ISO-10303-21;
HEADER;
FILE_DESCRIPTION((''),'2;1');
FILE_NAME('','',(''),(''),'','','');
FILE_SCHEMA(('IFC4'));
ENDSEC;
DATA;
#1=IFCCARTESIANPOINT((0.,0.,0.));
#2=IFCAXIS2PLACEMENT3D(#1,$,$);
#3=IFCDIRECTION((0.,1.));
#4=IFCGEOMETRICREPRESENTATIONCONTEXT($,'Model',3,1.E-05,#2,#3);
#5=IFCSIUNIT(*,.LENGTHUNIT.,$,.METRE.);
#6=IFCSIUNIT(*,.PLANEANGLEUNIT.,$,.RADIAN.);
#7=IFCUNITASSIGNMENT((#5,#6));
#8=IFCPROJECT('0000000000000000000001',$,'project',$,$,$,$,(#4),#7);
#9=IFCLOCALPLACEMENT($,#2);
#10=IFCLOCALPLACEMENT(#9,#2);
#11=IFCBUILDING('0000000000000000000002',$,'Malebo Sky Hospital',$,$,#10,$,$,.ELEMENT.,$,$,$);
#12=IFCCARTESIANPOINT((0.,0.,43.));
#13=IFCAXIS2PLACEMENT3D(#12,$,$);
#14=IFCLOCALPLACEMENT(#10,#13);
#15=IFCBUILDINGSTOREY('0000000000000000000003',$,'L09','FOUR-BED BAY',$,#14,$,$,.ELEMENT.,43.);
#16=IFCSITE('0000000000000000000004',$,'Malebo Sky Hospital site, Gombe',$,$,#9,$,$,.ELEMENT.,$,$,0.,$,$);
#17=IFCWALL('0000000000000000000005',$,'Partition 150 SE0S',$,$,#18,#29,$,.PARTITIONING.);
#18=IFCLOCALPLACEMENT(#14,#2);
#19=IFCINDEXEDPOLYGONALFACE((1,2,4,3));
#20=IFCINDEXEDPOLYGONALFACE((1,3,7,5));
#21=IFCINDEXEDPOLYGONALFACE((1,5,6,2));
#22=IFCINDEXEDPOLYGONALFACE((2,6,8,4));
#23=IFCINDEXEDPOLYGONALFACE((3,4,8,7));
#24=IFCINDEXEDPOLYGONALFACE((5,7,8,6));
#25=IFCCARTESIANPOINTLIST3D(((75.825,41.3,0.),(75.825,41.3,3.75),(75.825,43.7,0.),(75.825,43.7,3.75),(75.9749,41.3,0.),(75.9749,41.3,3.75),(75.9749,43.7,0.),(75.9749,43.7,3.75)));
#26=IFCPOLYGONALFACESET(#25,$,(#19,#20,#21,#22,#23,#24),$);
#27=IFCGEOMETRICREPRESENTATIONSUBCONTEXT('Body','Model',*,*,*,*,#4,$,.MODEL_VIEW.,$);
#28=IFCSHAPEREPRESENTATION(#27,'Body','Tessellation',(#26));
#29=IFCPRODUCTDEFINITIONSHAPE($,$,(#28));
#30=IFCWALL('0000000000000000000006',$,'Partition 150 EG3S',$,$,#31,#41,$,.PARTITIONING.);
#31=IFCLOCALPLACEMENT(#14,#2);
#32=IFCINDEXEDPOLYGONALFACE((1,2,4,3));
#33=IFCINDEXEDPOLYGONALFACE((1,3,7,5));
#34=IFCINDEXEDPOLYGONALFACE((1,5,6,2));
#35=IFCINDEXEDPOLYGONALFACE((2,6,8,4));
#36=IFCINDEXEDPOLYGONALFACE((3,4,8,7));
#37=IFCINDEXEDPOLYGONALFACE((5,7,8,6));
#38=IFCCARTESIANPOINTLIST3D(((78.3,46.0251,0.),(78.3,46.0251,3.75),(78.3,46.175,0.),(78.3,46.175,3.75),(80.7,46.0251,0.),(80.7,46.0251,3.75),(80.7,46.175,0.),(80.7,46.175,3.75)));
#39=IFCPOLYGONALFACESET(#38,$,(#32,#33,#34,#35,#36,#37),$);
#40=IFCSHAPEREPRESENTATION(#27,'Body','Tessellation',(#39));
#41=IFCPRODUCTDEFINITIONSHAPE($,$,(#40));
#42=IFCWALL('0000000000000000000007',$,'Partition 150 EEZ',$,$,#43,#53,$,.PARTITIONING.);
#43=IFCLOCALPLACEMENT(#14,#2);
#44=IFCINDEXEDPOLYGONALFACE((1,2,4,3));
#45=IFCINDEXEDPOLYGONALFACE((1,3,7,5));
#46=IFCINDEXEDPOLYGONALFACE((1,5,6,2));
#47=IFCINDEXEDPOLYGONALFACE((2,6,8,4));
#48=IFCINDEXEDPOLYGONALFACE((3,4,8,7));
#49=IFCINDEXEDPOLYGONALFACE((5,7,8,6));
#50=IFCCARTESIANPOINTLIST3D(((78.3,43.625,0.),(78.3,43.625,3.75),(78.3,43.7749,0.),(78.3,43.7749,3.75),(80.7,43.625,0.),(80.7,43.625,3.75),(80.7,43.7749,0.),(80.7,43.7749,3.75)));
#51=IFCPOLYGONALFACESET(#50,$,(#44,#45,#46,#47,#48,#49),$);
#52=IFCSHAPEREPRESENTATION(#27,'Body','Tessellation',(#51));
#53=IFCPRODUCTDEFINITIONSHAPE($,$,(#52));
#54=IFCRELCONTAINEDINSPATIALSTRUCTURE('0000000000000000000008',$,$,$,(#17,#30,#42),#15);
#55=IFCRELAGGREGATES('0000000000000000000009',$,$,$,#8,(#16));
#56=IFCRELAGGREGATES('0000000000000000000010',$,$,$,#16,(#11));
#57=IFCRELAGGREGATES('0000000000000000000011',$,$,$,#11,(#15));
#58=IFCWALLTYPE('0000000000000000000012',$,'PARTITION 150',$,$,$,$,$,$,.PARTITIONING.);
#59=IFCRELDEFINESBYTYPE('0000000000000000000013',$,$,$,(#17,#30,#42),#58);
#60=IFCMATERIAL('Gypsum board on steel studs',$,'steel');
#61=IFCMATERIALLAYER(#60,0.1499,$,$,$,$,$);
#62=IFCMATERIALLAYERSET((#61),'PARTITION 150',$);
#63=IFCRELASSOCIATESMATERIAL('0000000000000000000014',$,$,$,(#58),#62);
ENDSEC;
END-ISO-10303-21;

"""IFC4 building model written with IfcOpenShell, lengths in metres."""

from ifc_helpers import new_model, si_unit, direction, frame, frame_2d, origin, place, context, subcontext, project, spatial, rectangle, extrude, material, layer, layer_set, type_object, element, save


model = new_model("IFC4")

# Units and contexts
model_context = context("Model", 3, precision=1e-05, world=origin(), true_north=direction((0.0, 1.0)))
body_context = subcontext(model_context, "Body", "Model", "MODEL_VIEW")
ifc_project = project(units=[si_unit("LENGTHUNIT", "METRE"), si_unit("PLANEANGLEUNIT", "RADIAN")], contexts=[model_context])

# Site, building, storey
site_placement = place(None, origin())
site = spatial("IfcSite", under=ifc_project, at=site_placement, Name="Malebo Sky Hospital site, Gombe", CompositionType="ELEMENT", RefElevation=0.0)
building_placement = place(site_placement, origin())
building = spatial("IfcBuilding", under=site, at=building_placement, Name="Malebo Sky Hospital", CompositionType="ELEMENT")
storey_placement = place(building_placement, frame((0.0, 0.0, 43.0)))
storey = spatial("IfcBuildingStorey", under=building, at=storey_placement, Name="L09", Description="FOUR-BED BAY", CompositionType="ELEMENT", Elevation=43.0)

# Shared definitions
ifc_material_1 = material(Name="Gypsum board on steel studs", Category="steel")

# Shared definitions
ifc_layer_1 = layer(ifc_material_1, 0.1499)
ifc_layer_set_1 = layer_set([ifc_layer_1], Name="PARTITION 150")
wall_type_1 = type_object("IfcWallType", Name="PARTITION 150", PredefinedType="PARTITIONING", material=ifc_layer_set_1)

# Walls
for number, where, z_axis, x_axis, name in (
    (1, (75.8999, 43.7, 0.0), (0.0, 0.0, 1.0), (0.0, -1.0, 0.0), "Partition 150 SE0S"),
    (2, (78.3, 46.1001, 0.0), (0.0, 0.0, 1.0), (1.0, 0.0, 0.0), "Partition 150 EG3S"),
    (3, (78.3, 43.7, 0.0), (0.0, 0.0, 1.0), (1.0, 0.0, 0.0), "Partition 150 EEZ"),
):
    element("IfcWall", number, at=place(storey_placement, frame(where, z_axis=z_axis, x_axis=x_axis)), inside=storey, type_object=wall_type_1, Name=name, PredefinedType="PARTITIONING", context=body_context, shape_type="SweptSolid", body=[
        extrude(rectangle(XDim=2.3999, YDim=0.1499, at=frame_2d((1.2, 0.0))), origin(), (0.0, 0.0, 1.0), 3.75),
    ])

save(model, "model.ifc")
